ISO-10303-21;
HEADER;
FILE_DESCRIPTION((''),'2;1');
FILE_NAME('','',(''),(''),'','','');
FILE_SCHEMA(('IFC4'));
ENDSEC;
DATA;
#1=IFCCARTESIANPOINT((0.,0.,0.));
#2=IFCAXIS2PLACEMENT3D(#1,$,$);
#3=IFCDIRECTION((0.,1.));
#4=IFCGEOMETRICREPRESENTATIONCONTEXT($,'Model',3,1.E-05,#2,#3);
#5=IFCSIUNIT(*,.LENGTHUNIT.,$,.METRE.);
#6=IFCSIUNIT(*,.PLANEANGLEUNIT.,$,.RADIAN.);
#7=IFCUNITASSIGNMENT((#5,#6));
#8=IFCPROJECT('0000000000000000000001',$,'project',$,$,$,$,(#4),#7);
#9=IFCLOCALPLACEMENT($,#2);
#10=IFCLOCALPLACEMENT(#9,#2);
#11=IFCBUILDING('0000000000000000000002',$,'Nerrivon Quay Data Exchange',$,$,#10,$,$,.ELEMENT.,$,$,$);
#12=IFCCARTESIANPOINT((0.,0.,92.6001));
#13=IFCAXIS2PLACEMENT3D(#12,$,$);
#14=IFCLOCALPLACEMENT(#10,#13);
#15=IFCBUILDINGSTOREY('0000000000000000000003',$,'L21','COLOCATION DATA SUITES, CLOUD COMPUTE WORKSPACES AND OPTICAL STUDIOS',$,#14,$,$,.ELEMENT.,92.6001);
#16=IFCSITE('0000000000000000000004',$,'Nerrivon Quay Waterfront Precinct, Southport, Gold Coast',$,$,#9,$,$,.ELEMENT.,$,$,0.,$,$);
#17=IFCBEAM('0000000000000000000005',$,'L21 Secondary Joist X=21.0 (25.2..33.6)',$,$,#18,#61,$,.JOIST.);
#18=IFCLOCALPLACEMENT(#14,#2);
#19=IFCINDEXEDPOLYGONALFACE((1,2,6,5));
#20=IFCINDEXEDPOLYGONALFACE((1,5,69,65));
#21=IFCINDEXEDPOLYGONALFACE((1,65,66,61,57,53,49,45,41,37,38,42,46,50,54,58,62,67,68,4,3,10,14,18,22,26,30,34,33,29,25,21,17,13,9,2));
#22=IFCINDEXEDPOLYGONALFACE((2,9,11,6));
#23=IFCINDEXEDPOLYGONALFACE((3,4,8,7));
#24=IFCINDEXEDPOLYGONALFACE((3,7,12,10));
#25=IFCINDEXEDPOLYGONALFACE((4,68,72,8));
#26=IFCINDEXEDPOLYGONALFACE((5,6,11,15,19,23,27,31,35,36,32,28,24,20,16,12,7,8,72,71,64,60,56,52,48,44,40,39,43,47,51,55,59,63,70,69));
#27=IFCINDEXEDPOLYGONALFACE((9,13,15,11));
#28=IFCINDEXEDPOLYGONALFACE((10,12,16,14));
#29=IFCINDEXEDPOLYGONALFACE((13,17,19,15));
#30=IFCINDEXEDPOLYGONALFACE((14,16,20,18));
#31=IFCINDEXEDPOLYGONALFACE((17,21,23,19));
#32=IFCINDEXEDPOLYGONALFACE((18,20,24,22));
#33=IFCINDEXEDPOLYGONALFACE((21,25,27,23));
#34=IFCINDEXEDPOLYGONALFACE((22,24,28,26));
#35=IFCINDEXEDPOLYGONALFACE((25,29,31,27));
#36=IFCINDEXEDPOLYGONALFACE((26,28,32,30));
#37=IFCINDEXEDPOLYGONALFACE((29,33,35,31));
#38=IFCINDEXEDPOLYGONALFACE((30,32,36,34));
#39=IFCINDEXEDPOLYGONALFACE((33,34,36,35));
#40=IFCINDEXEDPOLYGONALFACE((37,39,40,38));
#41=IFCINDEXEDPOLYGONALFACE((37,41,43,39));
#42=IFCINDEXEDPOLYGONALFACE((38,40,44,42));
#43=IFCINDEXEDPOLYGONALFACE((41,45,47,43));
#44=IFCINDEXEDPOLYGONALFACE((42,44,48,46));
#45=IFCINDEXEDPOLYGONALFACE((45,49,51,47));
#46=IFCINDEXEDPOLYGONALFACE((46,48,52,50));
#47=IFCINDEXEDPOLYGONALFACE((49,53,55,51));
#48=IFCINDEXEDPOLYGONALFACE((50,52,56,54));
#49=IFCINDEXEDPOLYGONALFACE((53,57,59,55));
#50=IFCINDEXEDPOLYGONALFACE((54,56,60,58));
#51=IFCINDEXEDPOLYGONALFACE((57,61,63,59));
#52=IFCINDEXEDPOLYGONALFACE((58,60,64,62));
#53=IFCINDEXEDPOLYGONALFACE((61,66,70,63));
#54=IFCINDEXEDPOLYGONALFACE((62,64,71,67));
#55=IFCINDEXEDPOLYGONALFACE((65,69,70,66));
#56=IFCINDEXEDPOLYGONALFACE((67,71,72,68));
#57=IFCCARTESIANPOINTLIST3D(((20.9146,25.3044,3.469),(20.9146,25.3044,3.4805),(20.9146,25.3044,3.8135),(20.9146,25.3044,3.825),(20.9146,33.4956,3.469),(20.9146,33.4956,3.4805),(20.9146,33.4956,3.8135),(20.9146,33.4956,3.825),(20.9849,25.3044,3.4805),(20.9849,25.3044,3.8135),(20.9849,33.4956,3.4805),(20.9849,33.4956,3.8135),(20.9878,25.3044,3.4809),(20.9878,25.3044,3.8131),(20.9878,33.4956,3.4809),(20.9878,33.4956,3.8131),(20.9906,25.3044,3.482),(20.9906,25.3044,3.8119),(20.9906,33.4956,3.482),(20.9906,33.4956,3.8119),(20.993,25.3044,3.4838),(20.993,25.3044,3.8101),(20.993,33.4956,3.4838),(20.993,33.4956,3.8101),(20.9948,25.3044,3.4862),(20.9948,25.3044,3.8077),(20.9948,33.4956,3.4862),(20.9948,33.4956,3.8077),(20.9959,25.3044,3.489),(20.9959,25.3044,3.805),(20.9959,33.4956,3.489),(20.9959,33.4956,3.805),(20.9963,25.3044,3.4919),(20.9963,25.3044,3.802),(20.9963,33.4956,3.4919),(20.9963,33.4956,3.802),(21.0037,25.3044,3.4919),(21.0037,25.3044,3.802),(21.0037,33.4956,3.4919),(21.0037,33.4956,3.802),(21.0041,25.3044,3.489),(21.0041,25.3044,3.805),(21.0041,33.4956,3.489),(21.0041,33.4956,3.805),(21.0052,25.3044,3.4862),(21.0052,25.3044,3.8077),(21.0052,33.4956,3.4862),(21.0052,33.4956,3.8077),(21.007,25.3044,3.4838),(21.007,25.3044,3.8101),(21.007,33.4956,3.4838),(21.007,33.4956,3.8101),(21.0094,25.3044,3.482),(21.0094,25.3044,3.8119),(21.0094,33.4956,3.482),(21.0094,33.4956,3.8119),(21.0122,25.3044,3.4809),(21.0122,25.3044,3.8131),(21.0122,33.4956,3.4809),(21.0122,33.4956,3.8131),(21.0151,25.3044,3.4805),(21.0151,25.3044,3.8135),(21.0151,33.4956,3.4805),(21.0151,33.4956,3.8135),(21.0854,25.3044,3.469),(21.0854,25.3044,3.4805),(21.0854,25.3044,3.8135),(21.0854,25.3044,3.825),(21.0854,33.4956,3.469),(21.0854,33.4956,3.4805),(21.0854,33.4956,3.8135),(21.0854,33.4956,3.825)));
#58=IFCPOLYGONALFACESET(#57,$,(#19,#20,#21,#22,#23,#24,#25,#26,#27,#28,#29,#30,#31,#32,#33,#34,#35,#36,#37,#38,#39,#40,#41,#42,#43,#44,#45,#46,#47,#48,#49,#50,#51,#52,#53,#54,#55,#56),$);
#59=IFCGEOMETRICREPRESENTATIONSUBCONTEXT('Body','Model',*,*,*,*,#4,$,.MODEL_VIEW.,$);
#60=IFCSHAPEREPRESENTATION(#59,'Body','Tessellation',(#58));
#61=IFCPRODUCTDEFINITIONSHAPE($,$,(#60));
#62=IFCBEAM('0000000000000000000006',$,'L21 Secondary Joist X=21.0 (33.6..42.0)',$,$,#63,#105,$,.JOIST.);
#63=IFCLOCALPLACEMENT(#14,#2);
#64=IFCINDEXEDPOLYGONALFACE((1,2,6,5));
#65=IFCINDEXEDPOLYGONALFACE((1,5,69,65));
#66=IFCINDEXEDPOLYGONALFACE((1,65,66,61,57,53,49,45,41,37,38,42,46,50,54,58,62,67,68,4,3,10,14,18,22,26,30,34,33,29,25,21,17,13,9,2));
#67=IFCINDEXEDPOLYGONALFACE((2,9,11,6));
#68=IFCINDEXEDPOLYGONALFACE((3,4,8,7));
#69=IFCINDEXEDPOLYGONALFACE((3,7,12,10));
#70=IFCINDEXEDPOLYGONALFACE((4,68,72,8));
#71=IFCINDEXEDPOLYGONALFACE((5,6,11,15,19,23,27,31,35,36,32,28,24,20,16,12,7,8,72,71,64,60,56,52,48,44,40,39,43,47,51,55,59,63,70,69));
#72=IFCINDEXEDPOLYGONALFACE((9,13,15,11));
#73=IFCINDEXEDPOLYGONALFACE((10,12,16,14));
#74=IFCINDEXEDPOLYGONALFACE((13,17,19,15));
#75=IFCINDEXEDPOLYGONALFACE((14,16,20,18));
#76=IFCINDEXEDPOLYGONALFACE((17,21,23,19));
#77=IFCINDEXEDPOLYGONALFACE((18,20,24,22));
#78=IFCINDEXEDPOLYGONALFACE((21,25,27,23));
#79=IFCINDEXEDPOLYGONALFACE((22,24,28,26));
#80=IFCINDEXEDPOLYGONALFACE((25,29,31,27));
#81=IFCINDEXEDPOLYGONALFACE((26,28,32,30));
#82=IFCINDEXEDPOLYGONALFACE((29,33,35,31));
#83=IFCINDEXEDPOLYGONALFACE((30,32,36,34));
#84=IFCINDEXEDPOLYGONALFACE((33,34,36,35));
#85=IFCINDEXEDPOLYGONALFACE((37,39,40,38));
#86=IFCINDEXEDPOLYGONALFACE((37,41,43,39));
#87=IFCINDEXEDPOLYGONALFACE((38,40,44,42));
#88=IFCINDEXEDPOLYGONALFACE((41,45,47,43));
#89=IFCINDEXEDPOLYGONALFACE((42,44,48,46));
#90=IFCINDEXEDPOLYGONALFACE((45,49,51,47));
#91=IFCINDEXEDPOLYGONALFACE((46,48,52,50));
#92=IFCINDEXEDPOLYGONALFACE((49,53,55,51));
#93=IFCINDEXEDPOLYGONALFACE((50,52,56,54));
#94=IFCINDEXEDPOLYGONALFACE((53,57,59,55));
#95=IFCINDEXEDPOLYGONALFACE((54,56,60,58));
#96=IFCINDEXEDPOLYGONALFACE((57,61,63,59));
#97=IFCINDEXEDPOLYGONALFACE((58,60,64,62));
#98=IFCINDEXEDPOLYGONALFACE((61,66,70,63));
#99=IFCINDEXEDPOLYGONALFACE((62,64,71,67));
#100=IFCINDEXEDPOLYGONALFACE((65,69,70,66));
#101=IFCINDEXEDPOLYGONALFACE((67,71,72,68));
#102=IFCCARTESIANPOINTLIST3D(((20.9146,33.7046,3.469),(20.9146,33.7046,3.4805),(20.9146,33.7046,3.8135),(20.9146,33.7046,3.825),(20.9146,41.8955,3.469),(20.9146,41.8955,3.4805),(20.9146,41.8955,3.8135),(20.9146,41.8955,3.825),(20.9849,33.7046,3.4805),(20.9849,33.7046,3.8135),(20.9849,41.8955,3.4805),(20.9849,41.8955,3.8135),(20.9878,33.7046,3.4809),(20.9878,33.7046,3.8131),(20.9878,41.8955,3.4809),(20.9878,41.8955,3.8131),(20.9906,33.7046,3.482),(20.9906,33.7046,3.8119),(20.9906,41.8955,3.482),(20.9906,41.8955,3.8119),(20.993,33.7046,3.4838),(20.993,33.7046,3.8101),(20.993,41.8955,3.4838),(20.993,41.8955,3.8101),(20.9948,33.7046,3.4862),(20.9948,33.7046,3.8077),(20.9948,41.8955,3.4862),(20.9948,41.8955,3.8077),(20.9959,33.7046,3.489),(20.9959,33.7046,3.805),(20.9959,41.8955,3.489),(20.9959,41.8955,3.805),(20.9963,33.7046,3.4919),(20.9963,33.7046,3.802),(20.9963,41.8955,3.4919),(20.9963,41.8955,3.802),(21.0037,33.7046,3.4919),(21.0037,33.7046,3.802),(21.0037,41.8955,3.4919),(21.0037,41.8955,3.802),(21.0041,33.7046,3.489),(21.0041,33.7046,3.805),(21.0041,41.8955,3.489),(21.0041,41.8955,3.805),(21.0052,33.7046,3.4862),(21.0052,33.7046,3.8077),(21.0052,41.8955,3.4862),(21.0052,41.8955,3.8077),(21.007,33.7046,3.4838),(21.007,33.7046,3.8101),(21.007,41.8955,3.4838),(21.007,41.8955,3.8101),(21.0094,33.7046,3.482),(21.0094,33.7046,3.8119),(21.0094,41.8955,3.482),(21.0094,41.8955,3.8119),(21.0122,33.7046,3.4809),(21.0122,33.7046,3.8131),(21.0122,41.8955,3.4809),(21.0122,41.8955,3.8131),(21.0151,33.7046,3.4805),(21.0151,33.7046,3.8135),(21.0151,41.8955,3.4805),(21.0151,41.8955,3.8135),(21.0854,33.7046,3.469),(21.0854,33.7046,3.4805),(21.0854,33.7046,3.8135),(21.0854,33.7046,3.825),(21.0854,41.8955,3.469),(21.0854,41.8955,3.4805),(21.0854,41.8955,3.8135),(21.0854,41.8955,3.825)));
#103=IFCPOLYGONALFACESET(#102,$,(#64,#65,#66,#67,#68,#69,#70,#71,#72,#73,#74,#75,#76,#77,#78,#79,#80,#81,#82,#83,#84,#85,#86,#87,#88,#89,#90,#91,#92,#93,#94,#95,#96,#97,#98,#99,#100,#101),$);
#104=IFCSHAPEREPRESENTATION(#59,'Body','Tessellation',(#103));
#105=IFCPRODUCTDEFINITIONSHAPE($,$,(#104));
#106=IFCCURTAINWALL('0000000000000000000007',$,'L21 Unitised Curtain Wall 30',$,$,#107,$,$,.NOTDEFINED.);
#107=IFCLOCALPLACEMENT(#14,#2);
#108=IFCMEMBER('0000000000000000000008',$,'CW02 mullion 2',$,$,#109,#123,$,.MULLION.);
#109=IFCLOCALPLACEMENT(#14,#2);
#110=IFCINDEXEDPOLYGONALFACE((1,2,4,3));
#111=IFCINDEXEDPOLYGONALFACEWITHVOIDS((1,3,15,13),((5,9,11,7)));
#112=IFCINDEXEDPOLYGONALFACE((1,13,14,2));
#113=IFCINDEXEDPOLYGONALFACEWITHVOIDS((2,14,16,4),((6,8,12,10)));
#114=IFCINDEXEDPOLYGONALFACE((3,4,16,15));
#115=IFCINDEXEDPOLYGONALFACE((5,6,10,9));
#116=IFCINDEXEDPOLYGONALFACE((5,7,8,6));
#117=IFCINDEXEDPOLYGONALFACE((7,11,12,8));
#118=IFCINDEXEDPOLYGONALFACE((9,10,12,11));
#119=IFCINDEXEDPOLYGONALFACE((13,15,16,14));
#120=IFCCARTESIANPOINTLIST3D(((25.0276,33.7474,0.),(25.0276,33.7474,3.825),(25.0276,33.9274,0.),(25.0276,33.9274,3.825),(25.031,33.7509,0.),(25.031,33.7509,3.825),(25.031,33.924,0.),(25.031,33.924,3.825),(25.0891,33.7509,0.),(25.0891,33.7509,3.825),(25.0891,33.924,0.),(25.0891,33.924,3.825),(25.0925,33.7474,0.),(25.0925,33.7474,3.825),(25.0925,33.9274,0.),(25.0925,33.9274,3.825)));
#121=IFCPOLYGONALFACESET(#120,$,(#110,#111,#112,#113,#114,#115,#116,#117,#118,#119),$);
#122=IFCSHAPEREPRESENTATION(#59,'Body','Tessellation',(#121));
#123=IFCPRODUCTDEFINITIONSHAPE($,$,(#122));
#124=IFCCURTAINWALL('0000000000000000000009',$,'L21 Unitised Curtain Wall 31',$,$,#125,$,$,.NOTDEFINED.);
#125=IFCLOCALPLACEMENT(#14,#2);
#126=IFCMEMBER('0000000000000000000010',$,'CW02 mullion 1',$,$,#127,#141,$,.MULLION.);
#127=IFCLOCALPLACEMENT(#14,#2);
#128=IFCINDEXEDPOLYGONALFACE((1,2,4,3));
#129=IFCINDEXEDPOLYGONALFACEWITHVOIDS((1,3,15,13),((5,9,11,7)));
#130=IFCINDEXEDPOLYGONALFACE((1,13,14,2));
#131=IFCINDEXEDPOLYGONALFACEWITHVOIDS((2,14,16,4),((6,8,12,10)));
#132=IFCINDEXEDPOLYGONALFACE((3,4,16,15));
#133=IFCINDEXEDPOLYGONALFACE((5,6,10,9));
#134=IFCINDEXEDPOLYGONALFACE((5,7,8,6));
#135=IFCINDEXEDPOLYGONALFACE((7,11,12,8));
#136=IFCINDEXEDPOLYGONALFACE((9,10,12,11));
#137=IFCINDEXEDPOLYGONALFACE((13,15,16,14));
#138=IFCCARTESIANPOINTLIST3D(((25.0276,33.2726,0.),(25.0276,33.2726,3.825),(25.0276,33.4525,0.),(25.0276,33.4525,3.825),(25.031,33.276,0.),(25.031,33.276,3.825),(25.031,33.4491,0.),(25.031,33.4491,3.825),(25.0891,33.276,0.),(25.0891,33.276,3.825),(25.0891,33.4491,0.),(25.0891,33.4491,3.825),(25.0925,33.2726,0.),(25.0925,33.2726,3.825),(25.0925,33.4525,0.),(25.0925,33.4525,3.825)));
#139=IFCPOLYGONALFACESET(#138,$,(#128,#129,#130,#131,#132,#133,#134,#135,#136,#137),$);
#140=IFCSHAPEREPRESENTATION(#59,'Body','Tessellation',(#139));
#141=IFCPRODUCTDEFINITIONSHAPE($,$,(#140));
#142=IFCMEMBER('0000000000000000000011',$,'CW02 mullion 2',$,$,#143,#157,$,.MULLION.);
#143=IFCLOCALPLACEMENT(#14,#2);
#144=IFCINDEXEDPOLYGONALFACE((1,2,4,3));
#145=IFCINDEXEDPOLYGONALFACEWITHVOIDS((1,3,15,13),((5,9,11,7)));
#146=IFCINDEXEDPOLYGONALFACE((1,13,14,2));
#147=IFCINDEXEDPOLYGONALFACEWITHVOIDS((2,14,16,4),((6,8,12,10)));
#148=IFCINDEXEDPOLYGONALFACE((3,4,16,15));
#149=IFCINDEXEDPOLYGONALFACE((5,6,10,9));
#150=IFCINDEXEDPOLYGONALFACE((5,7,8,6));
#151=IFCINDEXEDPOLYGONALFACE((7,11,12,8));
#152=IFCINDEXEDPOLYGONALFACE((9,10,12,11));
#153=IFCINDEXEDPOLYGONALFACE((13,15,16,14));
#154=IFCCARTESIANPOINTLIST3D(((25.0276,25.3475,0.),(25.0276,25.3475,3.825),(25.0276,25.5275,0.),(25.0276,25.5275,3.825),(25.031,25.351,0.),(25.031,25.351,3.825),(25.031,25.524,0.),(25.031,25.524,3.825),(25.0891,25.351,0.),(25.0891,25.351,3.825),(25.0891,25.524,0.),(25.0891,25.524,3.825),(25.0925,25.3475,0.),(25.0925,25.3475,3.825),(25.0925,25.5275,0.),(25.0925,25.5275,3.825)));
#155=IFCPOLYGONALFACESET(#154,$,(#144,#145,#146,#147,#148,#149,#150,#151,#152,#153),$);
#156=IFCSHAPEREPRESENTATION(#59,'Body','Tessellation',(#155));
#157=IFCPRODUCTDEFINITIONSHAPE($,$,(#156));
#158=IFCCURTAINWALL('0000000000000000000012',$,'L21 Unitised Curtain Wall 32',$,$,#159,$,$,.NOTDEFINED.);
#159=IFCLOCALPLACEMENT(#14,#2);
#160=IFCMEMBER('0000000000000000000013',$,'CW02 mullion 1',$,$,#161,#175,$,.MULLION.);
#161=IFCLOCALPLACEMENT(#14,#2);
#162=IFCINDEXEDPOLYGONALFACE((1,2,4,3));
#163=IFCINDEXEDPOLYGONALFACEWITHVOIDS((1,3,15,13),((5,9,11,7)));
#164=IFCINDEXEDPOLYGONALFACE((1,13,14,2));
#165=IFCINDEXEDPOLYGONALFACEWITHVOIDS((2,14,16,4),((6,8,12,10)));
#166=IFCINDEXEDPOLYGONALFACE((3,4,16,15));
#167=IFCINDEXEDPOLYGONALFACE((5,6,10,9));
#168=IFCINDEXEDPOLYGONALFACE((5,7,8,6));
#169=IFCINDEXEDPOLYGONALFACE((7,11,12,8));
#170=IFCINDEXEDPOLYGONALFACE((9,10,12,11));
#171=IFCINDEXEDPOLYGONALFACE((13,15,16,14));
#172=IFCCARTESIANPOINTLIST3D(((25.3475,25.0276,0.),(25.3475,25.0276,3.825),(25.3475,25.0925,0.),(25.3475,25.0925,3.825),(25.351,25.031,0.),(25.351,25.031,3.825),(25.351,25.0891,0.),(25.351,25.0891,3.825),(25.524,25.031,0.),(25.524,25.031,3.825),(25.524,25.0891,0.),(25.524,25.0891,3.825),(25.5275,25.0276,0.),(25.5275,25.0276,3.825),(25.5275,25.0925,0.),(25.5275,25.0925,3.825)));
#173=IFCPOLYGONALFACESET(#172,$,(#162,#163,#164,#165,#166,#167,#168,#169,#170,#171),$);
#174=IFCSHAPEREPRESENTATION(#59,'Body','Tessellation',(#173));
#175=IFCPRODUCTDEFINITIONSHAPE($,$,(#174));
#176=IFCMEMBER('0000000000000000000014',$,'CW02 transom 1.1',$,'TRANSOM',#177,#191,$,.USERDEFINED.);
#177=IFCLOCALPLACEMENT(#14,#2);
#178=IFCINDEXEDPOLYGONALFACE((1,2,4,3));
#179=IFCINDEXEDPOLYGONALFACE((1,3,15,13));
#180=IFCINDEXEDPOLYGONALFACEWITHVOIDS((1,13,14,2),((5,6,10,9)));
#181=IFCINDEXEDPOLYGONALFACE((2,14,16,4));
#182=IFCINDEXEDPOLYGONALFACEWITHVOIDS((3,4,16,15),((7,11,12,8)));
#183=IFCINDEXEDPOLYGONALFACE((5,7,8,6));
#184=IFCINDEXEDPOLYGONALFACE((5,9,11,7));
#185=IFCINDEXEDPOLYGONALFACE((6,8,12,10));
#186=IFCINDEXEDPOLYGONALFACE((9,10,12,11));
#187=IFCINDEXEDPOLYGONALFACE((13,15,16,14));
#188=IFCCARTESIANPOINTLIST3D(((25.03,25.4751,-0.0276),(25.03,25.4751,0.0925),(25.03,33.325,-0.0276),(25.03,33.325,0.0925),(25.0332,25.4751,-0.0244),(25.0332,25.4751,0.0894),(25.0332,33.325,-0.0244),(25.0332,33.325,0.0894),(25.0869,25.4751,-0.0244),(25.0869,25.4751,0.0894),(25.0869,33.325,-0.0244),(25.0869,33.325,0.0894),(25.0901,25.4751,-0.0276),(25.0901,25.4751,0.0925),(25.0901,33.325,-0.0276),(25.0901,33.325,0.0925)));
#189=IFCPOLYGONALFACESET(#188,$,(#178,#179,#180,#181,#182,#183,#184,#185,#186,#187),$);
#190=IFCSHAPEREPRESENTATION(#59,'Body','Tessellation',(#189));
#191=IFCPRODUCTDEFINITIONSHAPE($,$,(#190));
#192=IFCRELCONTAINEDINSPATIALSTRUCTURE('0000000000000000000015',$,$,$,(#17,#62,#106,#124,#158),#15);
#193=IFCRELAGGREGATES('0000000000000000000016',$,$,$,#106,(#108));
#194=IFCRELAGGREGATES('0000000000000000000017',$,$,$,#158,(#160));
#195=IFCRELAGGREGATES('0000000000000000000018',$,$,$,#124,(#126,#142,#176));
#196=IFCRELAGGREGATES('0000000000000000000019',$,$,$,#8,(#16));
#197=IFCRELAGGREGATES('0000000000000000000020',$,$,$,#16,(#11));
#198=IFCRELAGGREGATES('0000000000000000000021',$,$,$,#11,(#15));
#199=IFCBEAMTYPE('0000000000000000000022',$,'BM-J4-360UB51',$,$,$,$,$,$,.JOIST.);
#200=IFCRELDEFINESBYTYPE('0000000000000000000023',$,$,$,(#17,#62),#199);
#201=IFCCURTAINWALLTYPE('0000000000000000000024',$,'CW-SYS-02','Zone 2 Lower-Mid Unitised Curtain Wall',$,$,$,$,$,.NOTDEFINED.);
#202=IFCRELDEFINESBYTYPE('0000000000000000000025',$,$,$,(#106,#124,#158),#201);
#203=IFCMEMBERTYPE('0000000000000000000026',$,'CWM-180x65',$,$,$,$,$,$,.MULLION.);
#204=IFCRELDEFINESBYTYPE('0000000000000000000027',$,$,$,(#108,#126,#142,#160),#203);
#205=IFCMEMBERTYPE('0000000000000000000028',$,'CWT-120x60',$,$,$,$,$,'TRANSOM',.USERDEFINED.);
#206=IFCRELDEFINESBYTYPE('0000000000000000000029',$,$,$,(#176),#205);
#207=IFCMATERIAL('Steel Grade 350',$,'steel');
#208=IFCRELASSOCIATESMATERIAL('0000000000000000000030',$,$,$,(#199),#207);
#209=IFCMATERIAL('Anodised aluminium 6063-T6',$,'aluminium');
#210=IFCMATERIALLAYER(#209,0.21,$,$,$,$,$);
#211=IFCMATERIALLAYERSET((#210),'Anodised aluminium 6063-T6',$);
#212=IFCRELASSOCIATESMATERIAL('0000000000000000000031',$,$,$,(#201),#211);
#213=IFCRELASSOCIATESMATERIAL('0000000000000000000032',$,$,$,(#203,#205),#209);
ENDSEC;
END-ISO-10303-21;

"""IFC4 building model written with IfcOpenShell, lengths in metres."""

from ifc_helpers import new_model, si_unit, direction, frame, origin, origin_2d, place, context, subcontext, project, spatial, hollow_rectangle, i_section, extrude, material, layer, layer_set, material_profile, profile_set, type_object, element, aggregate, save


model = new_model("IFC4")

# Units and contexts
model_context = context("Model", 3, precision=1e-05, world=origin(), true_north=direction((0.0, 1.0)))
body_context = subcontext(model_context, "Body", "Model", "MODEL_VIEW")
ifc_project = project(units=[si_unit("LENGTHUNIT", "METRE"), si_unit("PLANEANGLEUNIT", "RADIAN")], contexts=[model_context])

# Site, building, storey
site_placement = place(None, origin())
site = spatial("IfcSite", under=ifc_project, at=site_placement, Name="Nerrivon Quay Waterfront Precinct, Southport, Gold Coast", CompositionType="ELEMENT", RefElevation=0.0)
building_placement = place(site_placement, origin())
building = spatial("IfcBuilding", under=site, at=building_placement, Name="Nerrivon Quay Data Exchange", CompositionType="ELEMENT")
storey_placement = place(building_placement, frame((0.0, 0.0, 92.6001)))
storey = spatial("IfcBuildingStorey", under=building, at=storey_placement, Name="L21", Description="COLOCATION DATA SUITES, CLOUD COMPUTE WORKSPACES AND OPTICAL STUDIOS", CompositionType="ELEMENT", Elevation=92.6001)

# Shared definitions
ifc_material_1 = material(Name="Steel Grade 350", Category="steel")

# Beams
ifc_material_profile_1 = material_profile(ifc_material_1, i_section(OverallWidth=0.1709, OverallDepth=0.356, WebThickness=0.0073, FlangeThickness=0.0115, FilletRadius=0.0115, at=origin_2d()), Name="360UB50.7")
ifc_profile_set_1 = profile_set([ifc_material_profile_1], Name="Steel Grade 350")
beam_type_1 = type_object("IfcBeamType", Name="BM-J4-360UB51", PredefinedType="JOIST", material=ifc_profile_set_1)
beam_1_placement = place(storey_placement, frame((21.0, 25.3044, 3.647), z_axis=(0.0, 1.0, 0.0), x_axis=(-1.0, 0.0, 0.0)))
element("IfcBeam", 1, at=beam_1_placement, inside=storey, type_object=beam_type_1, Name="L21 Secondary Joist X=21.0 (25.2..33.6)", PredefinedType="JOIST", context=body_context, shape_type="SweptSolid", body=[
    extrude(i_section(OverallWidth=0.1709, OverallDepth=0.356, WebThickness=0.0073, FlangeThickness=0.0115, FilletRadius=0.0115, at=origin_2d()), origin(), (0.0, 0.0, 1.0), 8.1912),
])
beam_2_placement = place(storey_placement, frame((21.0, 33.7046, 3.647), z_axis=(0.0, 1.0, 0.0), x_axis=(-1.0, 0.0, 0.0)))
element("IfcBeam", 2, at=beam_2_placement, inside=storey, type_object=beam_type_1, Name="L21 Secondary Joist X=21.0 (33.6..42.0)", PredefinedType="JOIST", context=body_context, shape_type="SweptSolid", body=[
    extrude(i_section(OverallWidth=0.1709, OverallDepth=0.356, WebThickness=0.0073, FlangeThickness=0.0115, FilletRadius=0.0115, at=origin_2d()), origin(), (0.0, 0.0, 1.0), 8.1909),
])

# Curtain wall, member
ifc_material_2 = material(Name="Anodised aluminium 6063-T6", Category="aluminium")
ifc_layer_1 = layer(ifc_material_2, 0.21)
ifc_layer_set_1 = layer_set([ifc_layer_1], Name="Anodised aluminium 6063-T6")
curtain_wall_type = type_object("IfcCurtainWallType", Name="CW-SYS-02", Description="Zone 2 Lower-Mid Unitised Curtain Wall", PredefinedType="NOTDEFINED", material=ifc_layer_set_1)
curtain_wall_1_placement = place(storey_placement, origin())
curtain_wall_1 = element("IfcCurtainWall", 3, at=curtain_wall_1_placement, inside=storey, type_object=curtain_wall_type, Name="L21 Unitised Curtain Wall 30", PredefinedType="NOTDEFINED")
ifc_material_profile_2 = material_profile(ifc_material_2, hollow_rectangle(XDim=0.0649, YDim=0.1799, WallThickness=0.0034, at=origin_2d()), Name="ALU-MULL-180x65")
ifc_profile_set_2 = profile_set([ifc_material_profile_2], Name="Anodised aluminium 6063-T6")
member_type_1 = type_object("IfcMemberType", Name="CWM-180x65", PredefinedType="MULLION", material=ifc_profile_set_2)
member_1_placement = place(storey_placement, frame((25.0601, 33.8374, 0.0), z_axis=(0.0, 0.0, 1.0), x_axis=(1.0, 0.0, 0.0)))
member_1 = element("IfcMember", 4, at=member_1_placement, type_object=member_type_1, Name="CW02 mullion 2", PredefinedType="MULLION", context=body_context, shape_type="SweptSolid", body=[
    extrude(hollow_rectangle(XDim=0.0649, YDim=0.1799, WallThickness=0.0034, at=origin_2d()), origin(), (0.0, 0.0, 1.0), 3.825),
])
aggregate(curtain_wall_1, [member_1])

# Curtain wall, members
curtain_wall_2_placement = place(storey_placement, origin())
curtain_wall_2 = element("IfcCurtainWall", 5, at=curtain_wall_2_placement, inside=storey, type_object=curtain_wall_type, Name="L21 Unitised Curtain Wall 31", PredefinedType="NOTDEFINED")
member_2_placement = place(storey_placement, frame((25.0601, 33.3625, 0.0), z_axis=(0.0, 0.0, 1.0), x_axis=(1.0, 0.0, 0.0)))
member_2 = element("IfcMember", 6, at=member_2_placement, type_object=member_type_1, Name="CW02 mullion 1", PredefinedType="MULLION", context=body_context, shape_type="SweptSolid", body=[
    extrude(hollow_rectangle(XDim=0.0649, YDim=0.1799, WallThickness=0.0034, at=origin_2d()), origin(), (0.0, 0.0, 1.0), 3.825),
])
member_3_placement = place(storey_placement, frame((25.0601, 25.4375, 0.0), z_axis=(0.0, 0.0, 1.0), x_axis=(1.0, 0.0, 0.0)))
member_3 = element("IfcMember", 7, at=member_3_placement, type_object=member_type_1, Name="CW02 mullion 2", PredefinedType="MULLION", context=body_context, shape_type="SweptSolid", body=[
    extrude(hollow_rectangle(XDim=0.0649, YDim=0.1799, WallThickness=0.0034, at=origin_2d()), origin(), (0.0, 0.0, 1.0), 3.825),
])

# Curtain wall, member
curtain_wall_3_placement = place(storey_placement, origin())
curtain_wall_3 = element("IfcCurtainWall", 8, at=curtain_wall_3_placement, inside=storey, type_object=curtain_wall_type, Name="L21 Unitised Curtain Wall 32", PredefinedType="NOTDEFINED")
member_4_placement = place(storey_placement, frame((25.4375, 25.0601, 0.0), z_axis=(0.0, 0.0, 1.0), x_axis=(0.0, 1.0, 0.0)))
member_4 = element("IfcMember", 9, at=member_4_placement, type_object=member_type_1, Name="CW02 mullion 1", PredefinedType="MULLION", context=body_context, shape_type="SweptSolid", body=[
    extrude(hollow_rectangle(XDim=0.0649, YDim=0.1799, WallThickness=0.0034, at=origin_2d()), origin(), (0.0, 0.0, 1.0), 3.825),
])

# Member
ifc_material_profile_3 = material_profile(ifc_material_2, hollow_rectangle(XDim=0.0601, YDim=0.1201, WallThickness=0.0032, at=origin_2d()), Name="ALU-TRAN-120x60")
ifc_profile_set_3 = profile_set([ifc_material_profile_3], Name="Anodised aluminium 6063-T6")
member_type_2 = type_object("IfcMemberType", Name="CWT-120x60", ElementType="TRANSOM", PredefinedType="USERDEFINED", material=ifc_profile_set_3)
member_5_placement = place(storey_placement, frame((25.0601, 33.325, 0.0325), z_axis=(0.0, -1.0, 0.0), x_axis=(1.0, 0.0, 0.0)))
member_5 = element("IfcMember", 10, at=member_5_placement, type_object=member_type_2, Name="CW02 transom 1.1", ObjectType="TRANSOM", PredefinedType="USERDEFINED", context=body_context, shape_type="SweptSolid", body=[
    extrude(hollow_rectangle(XDim=0.0601, YDim=0.1201, WallThickness=0.0032, at=origin_2d()), origin(), (0.0, 0.0, 1.0), 7.8499),
])
aggregate(curtain_wall_3, [member_4])

aggregate(curtain_wall_2, [member_2, member_3, member_5])

save(model, "model.ifc")
